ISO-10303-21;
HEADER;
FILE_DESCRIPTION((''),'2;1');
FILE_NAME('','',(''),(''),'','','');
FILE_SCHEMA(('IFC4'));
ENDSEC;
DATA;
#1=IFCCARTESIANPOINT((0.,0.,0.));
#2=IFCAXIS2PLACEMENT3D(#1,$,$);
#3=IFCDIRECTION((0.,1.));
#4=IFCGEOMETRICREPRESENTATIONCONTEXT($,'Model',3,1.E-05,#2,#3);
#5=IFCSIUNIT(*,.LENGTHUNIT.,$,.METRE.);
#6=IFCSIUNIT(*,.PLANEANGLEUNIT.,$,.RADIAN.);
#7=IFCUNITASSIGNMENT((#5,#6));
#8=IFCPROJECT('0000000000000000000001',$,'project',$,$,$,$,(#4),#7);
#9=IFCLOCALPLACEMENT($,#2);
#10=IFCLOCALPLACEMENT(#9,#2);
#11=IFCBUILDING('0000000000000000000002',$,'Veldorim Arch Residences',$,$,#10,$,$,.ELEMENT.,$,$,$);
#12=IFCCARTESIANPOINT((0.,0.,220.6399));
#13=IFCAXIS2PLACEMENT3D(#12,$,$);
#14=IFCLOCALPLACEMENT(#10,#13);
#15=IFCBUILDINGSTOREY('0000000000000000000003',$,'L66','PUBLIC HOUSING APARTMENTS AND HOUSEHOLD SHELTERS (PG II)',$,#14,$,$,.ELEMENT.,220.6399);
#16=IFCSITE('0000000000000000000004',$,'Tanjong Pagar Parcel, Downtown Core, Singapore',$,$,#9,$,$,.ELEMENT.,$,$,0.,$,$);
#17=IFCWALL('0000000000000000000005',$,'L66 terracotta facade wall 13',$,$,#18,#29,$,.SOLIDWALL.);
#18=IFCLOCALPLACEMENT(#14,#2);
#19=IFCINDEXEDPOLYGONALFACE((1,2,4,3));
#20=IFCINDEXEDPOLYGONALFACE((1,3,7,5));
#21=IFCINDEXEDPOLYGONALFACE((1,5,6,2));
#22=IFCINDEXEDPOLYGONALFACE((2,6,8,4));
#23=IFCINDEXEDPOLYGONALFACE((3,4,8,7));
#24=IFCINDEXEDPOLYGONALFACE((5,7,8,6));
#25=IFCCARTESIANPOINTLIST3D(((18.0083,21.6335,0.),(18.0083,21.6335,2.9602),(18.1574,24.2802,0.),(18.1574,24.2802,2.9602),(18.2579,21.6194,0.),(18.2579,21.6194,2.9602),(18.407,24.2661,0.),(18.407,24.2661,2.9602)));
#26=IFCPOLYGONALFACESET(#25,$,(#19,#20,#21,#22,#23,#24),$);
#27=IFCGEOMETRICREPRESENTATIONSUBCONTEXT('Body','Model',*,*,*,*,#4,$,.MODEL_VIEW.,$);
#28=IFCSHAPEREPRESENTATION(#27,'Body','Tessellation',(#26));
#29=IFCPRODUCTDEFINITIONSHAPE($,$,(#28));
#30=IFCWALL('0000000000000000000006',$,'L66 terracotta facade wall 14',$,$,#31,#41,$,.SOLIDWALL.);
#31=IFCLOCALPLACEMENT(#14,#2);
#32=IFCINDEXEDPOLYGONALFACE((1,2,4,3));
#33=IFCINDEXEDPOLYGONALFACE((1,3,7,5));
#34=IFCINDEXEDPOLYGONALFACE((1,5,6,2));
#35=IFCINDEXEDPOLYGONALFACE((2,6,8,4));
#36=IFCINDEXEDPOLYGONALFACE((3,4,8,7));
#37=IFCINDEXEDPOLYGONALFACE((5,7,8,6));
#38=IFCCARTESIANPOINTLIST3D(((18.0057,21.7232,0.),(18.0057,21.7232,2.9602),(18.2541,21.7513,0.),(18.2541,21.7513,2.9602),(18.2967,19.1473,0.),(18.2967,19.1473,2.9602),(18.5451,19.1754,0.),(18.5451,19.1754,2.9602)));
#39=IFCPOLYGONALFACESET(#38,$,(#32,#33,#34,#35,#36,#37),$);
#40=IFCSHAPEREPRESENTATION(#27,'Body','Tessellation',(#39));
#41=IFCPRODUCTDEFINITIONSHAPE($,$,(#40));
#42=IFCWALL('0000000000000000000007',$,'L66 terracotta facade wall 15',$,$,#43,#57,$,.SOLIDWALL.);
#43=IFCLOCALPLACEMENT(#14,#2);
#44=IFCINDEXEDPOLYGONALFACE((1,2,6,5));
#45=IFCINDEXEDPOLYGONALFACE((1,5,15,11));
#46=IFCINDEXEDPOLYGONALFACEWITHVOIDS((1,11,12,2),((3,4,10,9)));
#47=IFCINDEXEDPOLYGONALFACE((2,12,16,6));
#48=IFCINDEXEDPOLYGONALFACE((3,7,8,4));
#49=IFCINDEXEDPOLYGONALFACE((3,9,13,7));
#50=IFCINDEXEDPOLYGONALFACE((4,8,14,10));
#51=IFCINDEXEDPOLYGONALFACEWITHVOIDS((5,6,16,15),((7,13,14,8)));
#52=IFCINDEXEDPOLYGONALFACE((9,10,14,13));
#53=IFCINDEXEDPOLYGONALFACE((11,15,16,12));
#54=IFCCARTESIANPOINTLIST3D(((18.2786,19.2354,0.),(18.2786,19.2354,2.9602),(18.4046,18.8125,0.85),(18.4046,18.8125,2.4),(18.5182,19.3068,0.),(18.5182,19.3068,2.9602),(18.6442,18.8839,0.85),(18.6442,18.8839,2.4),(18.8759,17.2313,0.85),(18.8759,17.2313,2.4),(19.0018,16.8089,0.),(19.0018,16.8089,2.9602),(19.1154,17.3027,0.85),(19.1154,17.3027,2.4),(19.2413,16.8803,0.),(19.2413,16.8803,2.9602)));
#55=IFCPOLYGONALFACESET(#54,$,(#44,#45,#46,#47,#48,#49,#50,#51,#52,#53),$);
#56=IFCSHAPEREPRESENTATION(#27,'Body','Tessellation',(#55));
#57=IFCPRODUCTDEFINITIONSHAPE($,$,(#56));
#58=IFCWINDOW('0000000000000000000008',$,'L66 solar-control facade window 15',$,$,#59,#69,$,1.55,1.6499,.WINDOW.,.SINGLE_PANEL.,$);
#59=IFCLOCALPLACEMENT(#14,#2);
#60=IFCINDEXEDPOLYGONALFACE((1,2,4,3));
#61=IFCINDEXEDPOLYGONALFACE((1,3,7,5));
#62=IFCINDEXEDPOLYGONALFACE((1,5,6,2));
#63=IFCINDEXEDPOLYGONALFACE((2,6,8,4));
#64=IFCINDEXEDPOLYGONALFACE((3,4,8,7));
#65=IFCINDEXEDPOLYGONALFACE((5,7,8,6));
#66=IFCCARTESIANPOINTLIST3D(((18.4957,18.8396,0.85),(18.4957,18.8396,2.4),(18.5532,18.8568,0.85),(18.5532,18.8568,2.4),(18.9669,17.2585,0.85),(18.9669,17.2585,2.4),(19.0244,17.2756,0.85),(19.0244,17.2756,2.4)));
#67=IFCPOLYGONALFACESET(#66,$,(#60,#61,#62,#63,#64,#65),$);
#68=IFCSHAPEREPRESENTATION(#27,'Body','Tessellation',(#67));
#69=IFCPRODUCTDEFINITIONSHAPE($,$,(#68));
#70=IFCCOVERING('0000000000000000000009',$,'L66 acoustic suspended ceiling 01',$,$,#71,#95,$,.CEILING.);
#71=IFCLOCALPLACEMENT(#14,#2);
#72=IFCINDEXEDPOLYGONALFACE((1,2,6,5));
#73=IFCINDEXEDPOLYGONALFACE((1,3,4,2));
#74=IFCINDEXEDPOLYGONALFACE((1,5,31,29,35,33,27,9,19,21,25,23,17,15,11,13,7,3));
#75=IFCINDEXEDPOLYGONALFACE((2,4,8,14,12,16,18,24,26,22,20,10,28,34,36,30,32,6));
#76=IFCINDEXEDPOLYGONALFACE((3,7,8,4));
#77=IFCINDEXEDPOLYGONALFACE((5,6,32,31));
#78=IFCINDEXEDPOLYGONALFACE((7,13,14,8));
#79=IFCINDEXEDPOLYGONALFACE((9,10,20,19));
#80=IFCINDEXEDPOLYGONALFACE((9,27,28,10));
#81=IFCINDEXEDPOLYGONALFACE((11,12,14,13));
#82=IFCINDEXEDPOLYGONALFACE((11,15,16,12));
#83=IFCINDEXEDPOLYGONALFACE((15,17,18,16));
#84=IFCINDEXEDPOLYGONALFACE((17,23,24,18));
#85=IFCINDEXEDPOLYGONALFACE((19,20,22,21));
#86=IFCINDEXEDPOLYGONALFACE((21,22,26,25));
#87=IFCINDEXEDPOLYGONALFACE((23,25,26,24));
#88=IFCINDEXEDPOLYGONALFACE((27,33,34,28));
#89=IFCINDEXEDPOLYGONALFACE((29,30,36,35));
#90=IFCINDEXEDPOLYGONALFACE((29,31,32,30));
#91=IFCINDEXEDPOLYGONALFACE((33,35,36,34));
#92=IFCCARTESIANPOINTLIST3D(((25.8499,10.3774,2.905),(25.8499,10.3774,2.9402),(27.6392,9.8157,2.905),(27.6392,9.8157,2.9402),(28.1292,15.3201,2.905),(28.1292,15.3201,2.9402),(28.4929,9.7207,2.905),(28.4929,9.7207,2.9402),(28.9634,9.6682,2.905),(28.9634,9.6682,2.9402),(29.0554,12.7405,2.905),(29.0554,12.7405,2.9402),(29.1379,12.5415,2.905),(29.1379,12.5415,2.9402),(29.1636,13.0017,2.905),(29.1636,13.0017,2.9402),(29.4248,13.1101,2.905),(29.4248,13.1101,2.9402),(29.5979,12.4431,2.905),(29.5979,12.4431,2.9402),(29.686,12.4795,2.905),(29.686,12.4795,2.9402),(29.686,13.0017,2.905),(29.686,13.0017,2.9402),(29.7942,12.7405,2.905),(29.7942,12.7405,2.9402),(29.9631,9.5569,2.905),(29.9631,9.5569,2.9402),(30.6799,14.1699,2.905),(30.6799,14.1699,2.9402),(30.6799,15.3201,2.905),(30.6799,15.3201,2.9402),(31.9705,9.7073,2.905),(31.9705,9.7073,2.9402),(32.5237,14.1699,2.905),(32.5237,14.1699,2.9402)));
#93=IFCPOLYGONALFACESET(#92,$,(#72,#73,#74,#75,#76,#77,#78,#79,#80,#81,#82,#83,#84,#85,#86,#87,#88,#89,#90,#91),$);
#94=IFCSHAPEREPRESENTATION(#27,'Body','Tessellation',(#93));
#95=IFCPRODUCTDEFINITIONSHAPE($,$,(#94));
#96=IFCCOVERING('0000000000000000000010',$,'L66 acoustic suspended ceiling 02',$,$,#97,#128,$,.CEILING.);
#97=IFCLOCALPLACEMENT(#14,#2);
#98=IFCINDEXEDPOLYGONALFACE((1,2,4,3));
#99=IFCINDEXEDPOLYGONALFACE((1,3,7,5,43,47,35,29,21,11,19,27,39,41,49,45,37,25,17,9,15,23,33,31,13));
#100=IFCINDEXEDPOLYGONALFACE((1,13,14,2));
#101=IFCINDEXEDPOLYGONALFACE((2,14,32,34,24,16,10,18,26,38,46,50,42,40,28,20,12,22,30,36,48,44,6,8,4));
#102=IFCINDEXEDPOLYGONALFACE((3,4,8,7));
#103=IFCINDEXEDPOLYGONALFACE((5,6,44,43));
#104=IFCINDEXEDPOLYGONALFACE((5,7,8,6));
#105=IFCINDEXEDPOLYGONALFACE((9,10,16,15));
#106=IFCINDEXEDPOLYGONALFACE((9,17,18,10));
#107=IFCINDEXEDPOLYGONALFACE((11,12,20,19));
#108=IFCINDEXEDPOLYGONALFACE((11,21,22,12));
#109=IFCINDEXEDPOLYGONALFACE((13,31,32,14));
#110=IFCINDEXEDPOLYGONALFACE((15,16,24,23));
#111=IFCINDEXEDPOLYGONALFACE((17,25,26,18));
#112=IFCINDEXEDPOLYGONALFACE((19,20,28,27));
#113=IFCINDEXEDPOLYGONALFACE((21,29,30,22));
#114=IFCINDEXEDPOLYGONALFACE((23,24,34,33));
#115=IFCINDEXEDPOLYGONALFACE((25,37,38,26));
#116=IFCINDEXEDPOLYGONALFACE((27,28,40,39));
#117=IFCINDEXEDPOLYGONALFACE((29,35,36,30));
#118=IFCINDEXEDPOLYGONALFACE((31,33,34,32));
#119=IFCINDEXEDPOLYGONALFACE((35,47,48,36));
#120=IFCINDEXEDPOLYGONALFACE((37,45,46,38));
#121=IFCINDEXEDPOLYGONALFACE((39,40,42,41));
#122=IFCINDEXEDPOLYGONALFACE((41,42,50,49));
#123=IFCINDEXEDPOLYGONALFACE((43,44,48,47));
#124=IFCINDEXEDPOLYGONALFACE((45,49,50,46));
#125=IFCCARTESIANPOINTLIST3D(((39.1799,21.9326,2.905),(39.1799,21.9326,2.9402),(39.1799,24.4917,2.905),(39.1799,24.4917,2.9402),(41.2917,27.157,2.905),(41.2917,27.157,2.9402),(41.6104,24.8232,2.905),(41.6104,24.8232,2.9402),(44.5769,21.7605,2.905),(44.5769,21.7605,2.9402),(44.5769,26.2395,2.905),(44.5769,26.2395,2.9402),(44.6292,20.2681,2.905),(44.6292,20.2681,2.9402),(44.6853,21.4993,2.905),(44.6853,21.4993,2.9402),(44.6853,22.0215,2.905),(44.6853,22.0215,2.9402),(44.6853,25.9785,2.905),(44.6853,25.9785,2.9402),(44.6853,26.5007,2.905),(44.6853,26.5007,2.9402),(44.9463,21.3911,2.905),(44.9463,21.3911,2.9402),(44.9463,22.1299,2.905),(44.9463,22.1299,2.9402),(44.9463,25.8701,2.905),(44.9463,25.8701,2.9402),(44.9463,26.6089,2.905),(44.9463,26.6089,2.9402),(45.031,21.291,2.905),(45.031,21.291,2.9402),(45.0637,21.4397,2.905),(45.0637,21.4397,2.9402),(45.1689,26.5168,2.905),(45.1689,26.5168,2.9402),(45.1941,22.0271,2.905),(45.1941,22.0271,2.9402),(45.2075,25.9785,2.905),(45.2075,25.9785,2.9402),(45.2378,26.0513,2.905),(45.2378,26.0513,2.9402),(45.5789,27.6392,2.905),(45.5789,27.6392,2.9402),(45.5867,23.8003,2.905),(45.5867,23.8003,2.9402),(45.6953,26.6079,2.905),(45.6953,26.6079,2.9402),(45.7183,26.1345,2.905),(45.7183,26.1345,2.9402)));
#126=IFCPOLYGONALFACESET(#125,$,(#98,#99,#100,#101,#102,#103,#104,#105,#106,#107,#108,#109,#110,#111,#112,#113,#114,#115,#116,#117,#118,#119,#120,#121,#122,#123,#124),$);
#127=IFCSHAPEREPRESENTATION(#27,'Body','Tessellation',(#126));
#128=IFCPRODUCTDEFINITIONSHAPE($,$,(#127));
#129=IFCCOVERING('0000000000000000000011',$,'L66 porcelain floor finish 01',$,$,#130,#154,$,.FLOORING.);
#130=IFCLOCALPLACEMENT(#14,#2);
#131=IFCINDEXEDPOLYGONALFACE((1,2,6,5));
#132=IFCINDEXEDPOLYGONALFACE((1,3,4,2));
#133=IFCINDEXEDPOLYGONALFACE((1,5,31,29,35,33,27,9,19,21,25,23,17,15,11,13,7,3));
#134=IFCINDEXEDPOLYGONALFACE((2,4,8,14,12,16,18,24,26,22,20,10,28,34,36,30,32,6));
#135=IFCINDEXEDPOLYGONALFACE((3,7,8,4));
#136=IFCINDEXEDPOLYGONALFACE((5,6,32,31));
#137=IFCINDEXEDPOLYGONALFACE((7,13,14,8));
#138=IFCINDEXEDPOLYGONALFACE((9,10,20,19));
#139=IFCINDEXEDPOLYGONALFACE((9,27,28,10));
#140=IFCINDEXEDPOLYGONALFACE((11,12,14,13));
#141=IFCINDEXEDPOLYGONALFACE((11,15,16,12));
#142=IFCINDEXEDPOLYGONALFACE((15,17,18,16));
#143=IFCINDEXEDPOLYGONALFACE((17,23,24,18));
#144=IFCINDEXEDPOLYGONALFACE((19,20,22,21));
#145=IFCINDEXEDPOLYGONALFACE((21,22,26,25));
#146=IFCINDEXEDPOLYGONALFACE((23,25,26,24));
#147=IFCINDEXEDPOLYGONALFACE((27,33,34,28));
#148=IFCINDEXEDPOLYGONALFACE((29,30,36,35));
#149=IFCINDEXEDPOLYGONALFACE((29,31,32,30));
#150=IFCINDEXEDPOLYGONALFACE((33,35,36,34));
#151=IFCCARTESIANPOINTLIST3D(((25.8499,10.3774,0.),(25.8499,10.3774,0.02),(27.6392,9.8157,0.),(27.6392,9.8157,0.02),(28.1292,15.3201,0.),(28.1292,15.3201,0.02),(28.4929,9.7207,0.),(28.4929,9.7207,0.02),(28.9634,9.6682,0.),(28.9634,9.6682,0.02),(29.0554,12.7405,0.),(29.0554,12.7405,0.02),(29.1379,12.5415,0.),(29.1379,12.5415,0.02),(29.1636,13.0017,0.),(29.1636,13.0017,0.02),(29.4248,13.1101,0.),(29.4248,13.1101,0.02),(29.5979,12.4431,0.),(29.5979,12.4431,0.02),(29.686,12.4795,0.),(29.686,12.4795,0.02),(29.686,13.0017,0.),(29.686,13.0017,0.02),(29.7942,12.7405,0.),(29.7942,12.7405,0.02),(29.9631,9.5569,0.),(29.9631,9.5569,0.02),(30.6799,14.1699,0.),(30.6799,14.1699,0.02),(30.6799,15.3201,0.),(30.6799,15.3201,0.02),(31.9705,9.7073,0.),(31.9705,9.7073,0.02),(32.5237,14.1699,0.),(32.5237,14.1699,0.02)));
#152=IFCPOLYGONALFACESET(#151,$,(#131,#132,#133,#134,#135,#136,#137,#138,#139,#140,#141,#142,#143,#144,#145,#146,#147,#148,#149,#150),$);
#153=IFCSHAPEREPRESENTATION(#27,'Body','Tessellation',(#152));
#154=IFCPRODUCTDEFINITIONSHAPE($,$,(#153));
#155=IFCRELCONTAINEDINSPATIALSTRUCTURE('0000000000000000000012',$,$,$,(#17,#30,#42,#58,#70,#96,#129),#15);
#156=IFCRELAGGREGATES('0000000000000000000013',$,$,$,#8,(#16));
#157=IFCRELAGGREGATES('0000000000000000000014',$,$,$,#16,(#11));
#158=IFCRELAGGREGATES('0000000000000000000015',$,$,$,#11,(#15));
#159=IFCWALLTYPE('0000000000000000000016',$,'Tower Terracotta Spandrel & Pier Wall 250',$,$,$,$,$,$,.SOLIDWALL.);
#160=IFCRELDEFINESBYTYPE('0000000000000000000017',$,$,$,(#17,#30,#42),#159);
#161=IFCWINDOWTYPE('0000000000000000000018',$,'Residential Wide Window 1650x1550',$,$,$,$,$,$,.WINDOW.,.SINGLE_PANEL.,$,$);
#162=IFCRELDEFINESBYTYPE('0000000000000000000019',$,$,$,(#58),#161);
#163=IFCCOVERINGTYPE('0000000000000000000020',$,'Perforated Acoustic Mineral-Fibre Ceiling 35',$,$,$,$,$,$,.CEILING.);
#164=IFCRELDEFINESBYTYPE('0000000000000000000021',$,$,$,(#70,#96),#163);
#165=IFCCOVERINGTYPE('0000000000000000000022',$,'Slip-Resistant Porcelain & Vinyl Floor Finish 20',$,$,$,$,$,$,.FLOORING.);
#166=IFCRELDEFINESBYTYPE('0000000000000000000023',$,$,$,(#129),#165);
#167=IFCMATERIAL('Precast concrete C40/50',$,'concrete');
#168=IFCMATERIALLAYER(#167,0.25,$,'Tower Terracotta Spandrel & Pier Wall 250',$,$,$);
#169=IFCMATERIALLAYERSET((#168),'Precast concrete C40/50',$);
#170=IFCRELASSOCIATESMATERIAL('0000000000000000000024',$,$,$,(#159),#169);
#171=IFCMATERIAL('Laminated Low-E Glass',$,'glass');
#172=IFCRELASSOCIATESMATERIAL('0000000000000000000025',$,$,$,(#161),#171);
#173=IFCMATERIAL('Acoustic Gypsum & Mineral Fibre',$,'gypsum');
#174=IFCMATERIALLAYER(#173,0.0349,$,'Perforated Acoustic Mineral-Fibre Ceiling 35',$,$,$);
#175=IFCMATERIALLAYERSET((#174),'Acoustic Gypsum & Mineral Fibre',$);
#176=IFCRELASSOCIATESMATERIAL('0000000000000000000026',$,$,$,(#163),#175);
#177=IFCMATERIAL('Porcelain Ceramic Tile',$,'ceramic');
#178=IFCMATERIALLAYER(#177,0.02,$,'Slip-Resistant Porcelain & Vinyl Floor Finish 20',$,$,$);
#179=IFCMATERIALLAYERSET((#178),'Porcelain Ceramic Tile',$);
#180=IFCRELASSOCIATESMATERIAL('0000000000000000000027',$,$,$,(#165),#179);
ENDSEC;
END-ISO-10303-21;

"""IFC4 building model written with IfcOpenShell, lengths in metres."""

from ifc_helpers import new_model, si_unit, direction, frame, frame_2d, origin, place, context, subcontext, project, spatial, polyline, rectangle, outline, extrude, material, layer, layer_set, type_object, element, fill, save


model = new_model("IFC4")

# Units and contexts
model_context = context("Model", 3, precision=1e-05, world=origin(), true_north=direction((0.0, 1.0)))
body_context = subcontext(model_context, "Body", "Model", "MODEL_VIEW")
ifc_project = project(units=[si_unit("LENGTHUNIT", "METRE"), si_unit("PLANEANGLEUNIT", "RADIAN")], contexts=[model_context])

# Site, building, storey
site_placement = place(None, origin())
site = spatial("IfcSite", under=ifc_project, at=site_placement, Name="Tanjong Pagar Parcel, Downtown Core, Singapore", CompositionType="ELEMENT", RefElevation=0.0)
building_placement = place(site_placement, origin())
building = spatial("IfcBuilding", under=site, at=building_placement, Name="Veldorim Arch Residences", CompositionType="ELEMENT")
storey_placement = place(building_placement, frame((0.0, 0.0, 220.6399)))
storey = spatial("IfcBuildingStorey", under=building, at=storey_placement, Name="L66", Description="PUBLIC HOUSING APARTMENTS AND HOUSEHOLD SHELTERS (PG II)", CompositionType="ELEMENT", Elevation=220.6399)

# Walls
ifc_material_1 = material(Name="Precast concrete C40/50", Category="concrete")
ifc_layer_1 = layer(ifc_material_1, 0.25, Name="Tower Terracotta Spandrel & Pier Wall 250")
ifc_layer_set_1 = layer_set([ifc_layer_1], Name="Precast concrete C40/50")
wall_type = type_object("IfcWallType", Name="Tower Terracotta Spandrel & Pier Wall 250", PredefinedType="SOLIDWALL", material=ifc_layer_set_1)
wall_1_placement = place(storey_placement, frame((18.1331, 21.6265, 0.0), z_axis=(0.0, 0.0, 1.0), x_axis=(0.056271, 0.998416, 0.0)))
element("IfcWall", 1, at=wall_1_placement, inside=storey, type_object=wall_type, Name="L66 terracotta facade wall 13", PredefinedType="SOLIDWALL", context=body_context, shape_type="SweptSolid", body=[
    extrude(rectangle(XDim=2.6509, YDim=0.25, at=frame_2d((1.3254, 0.0))), origin(), (0.0, 0.0, 1.0), 2.9602),
])
wall_2_placement = place(storey_placement, frame((18.4209, 19.1614, 0.0), z_axis=(0.0, 0.0, 1.0), x_axis=(-0.112261, 0.993679, 0.0)))
element("IfcWall", 2, at=wall_2_placement, inside=storey, type_object=wall_type, Name="L66 terracotta facade wall 14", PredefinedType="SOLIDWALL", context=body_context, shape_type="SweptSolid", body=[
    extrude(rectangle(XDim=2.5923, YDim=0.25, at=frame_2d((1.2961, 0.0))), origin(), (0.0, 0.0, 1.0), 2.9602),
])

# Wall, opening, window
wall_3_placement = place(storey_placement, frame((19.1216, 16.8445, 0.0), z_axis=(0.0, 0.0, 1.0), x_axis=(-0.285605, 0.958348, 0.0)))
wall_3 = element("IfcWall", 3, at=wall_3_placement, inside=storey, type_object=wall_type, Name="L66 terracotta facade wall 15", PredefinedType="SOLIDWALL", context=body_context, shape_type="SweptSolid", body=[
    extrude(rectangle(XDim=2.532, YDim=0.25, at=frame_2d((1.2661, 0.0))), origin(), (0.0, 0.0, 1.0), 2.9602),
])
opening_placement = place(wall_3_placement, frame((0.4409, 0.0, 0.8501)))
opening = element("IfcOpeningElement", 4, at=opening_placement, cuts=wall_3, PredefinedType="OPENING", context=body_context, shape_type="SweptSolid", body=[
    extrude(rectangle(XDim=1.6499, YDim=1.55, at=frame_2d((0.825, 0.7749))), frame((0.0, 0.135, 0.0), z_axis=(0.0, -1.0, 0.0), x_axis=(1.0, 0.0, 0.0)), (0.0, 0.0, 1.0), 0.27),
])
ifc_material_2 = material(Name="Laminated Low-E Glass", Category="glass")
window_type = type_object("IfcWindowType", Name="Residential Wide Window 1650x1550", PartitioningType="SINGLE_PANEL", PredefinedType="WINDOW", material=ifc_material_2)
window_placement = place(opening_placement, origin())
window = element("IfcWindow", 5, at=window_placement, inside=storey, type_object=window_type, Name="L66 solar-control facade window 15", OverallHeight=1.55, OverallWidth=1.6499, PartitioningType="SINGLE_PANEL", PredefinedType="WINDOW", context=body_context, shape_type="SweptSolid", body=[
    extrude(rectangle(XDim=1.6499, YDim=1.55, at=frame_2d((0.825, 0.7749))), frame((0.0, 0.03, 0.0), z_axis=(0.0, -1.0, 0.0), x_axis=(1.0, 0.0, 0.0)), (0.0, 0.0, 1.0), 0.0601),
])
fill(opening, window)

# Coverings
ifc_material_3 = material(Name="Acoustic Gypsum & Mineral Fibre", Category="gypsum")
ifc_layer_2 = layer(ifc_material_3, 0.0349, Name="Perforated Acoustic Mineral-Fibre Ceiling 35")
ifc_layer_set_2 = layer_set([ifc_layer_2], Name="Acoustic Gypsum & Mineral Fibre")
covering_type_1 = type_object("IfcCoveringType", Name="Perforated Acoustic Mineral-Fibre Ceiling 35", PredefinedType="CEILING", material=ifc_layer_set_2)
covering_1_placement = place(storey_placement, frame((0.0, 0.0, 2.905)))
element("IfcCovering", 6, at=covering_1_placement, inside=storey, type_object=covering_type_1, Name="L66 acoustic suspended ceiling 01", PredefinedType="CEILING", context=body_context, shape_type="SweptSolid", body=[
    extrude(outline(polyline([(29.5979, 12.4431), (29.686, 12.4795), (29.7942, 12.7405), (29.686, 13.0017), (29.4248, 13.1101), (29.1636, 13.0017), (29.0554, 12.7405), (29.1379, 12.5415), (28.4929, 9.7207), (27.6392, 9.8157), (25.8499, 10.3774), (28.1292, 15.3201), (30.6799, 15.3201), (30.6799, 14.1699), (32.5237, 14.1699), (31.9705, 9.7073), (29.9631, 9.5569), (28.9634, 9.6682), (29.5979, 12.4431)])), origin(), (0.0, 0.0, 1.0), 0.0352),
])
covering_2_placement = place(storey_placement, frame((0.0, 0.0, 2.905)))
element("IfcCovering", 7, at=covering_2_placement, inside=storey, type_object=covering_type_1, Name="L66 acoustic suspended ceiling 02", PredefinedType="CEILING", context=body_context, shape_type="SweptSolid", body=[
    extrude(outline(polyline([(45.031, 21.291), (44.6292, 20.2681), (39.1799, 21.9326), (39.1799, 24.4917), (41.6104, 24.8232), (41.2917, 27.157), (45.5789, 27.6392), (45.6953, 26.6079), (45.1689, 26.5168), (44.9463, 26.6089), (44.6853, 26.5007), (44.5769, 26.2395), (44.6853, 25.9785), (44.9463, 25.8701), (45.2075, 25.9785), (45.2378, 26.0513), (45.7183, 26.1345), (45.5867, 23.8003), (45.1941, 22.0271), (44.9463, 22.1299), (44.6853, 22.0215), (44.5769, 21.7605), (44.6853, 21.4993), (44.9463, 21.3911), (45.0637, 21.4397), (45.031, 21.291)])), origin(), (0.0, 0.0, 1.0), 0.0352),
])
ifc_material_4 = material(Name="Porcelain Ceramic Tile", Category="ceramic")
ifc_layer_3 = layer(ifc_material_4, 0.02, Name="Slip-Resistant Porcelain & Vinyl Floor Finish 20")
ifc_layer_set_3 = layer_set([ifc_layer_3], Name="Porcelain Ceramic Tile")
covering_type_2 = type_object("IfcCoveringType", Name="Slip-Resistant Porcelain & Vinyl Floor Finish 20", PredefinedType="FLOORING", material=ifc_layer_set_3)
covering_3_placement = place(storey_placement, origin())
element("IfcCovering", 8, at=covering_3_placement, inside=storey, type_object=covering_type_2, Name="L66 porcelain floor finish 01", PredefinedType="FLOORING", context=body_context, shape_type="SweptSolid", body=[
    extrude(outline(polyline([(29.5979, 12.4431), (29.686, 12.4795), (29.7942, 12.7405), (29.686, 13.0017), (29.4248, 13.1101), (29.1636, 13.0017), (29.0554, 12.7405), (29.1379, 12.5415), (28.4929, 9.7207), (27.6392, 9.8157), (25.8499, 10.3774), (28.1292, 15.3201), (30.6799, 15.3201), (30.6799, 14.1699), (32.5237, 14.1699), (31.9705, 9.7073), (29.9631, 9.5569), (28.9634, 9.6682), (29.5979, 12.4431)])), origin(), (0.0, 0.0, 1.0), 0.02),
])

save(model, "model.ifc")
